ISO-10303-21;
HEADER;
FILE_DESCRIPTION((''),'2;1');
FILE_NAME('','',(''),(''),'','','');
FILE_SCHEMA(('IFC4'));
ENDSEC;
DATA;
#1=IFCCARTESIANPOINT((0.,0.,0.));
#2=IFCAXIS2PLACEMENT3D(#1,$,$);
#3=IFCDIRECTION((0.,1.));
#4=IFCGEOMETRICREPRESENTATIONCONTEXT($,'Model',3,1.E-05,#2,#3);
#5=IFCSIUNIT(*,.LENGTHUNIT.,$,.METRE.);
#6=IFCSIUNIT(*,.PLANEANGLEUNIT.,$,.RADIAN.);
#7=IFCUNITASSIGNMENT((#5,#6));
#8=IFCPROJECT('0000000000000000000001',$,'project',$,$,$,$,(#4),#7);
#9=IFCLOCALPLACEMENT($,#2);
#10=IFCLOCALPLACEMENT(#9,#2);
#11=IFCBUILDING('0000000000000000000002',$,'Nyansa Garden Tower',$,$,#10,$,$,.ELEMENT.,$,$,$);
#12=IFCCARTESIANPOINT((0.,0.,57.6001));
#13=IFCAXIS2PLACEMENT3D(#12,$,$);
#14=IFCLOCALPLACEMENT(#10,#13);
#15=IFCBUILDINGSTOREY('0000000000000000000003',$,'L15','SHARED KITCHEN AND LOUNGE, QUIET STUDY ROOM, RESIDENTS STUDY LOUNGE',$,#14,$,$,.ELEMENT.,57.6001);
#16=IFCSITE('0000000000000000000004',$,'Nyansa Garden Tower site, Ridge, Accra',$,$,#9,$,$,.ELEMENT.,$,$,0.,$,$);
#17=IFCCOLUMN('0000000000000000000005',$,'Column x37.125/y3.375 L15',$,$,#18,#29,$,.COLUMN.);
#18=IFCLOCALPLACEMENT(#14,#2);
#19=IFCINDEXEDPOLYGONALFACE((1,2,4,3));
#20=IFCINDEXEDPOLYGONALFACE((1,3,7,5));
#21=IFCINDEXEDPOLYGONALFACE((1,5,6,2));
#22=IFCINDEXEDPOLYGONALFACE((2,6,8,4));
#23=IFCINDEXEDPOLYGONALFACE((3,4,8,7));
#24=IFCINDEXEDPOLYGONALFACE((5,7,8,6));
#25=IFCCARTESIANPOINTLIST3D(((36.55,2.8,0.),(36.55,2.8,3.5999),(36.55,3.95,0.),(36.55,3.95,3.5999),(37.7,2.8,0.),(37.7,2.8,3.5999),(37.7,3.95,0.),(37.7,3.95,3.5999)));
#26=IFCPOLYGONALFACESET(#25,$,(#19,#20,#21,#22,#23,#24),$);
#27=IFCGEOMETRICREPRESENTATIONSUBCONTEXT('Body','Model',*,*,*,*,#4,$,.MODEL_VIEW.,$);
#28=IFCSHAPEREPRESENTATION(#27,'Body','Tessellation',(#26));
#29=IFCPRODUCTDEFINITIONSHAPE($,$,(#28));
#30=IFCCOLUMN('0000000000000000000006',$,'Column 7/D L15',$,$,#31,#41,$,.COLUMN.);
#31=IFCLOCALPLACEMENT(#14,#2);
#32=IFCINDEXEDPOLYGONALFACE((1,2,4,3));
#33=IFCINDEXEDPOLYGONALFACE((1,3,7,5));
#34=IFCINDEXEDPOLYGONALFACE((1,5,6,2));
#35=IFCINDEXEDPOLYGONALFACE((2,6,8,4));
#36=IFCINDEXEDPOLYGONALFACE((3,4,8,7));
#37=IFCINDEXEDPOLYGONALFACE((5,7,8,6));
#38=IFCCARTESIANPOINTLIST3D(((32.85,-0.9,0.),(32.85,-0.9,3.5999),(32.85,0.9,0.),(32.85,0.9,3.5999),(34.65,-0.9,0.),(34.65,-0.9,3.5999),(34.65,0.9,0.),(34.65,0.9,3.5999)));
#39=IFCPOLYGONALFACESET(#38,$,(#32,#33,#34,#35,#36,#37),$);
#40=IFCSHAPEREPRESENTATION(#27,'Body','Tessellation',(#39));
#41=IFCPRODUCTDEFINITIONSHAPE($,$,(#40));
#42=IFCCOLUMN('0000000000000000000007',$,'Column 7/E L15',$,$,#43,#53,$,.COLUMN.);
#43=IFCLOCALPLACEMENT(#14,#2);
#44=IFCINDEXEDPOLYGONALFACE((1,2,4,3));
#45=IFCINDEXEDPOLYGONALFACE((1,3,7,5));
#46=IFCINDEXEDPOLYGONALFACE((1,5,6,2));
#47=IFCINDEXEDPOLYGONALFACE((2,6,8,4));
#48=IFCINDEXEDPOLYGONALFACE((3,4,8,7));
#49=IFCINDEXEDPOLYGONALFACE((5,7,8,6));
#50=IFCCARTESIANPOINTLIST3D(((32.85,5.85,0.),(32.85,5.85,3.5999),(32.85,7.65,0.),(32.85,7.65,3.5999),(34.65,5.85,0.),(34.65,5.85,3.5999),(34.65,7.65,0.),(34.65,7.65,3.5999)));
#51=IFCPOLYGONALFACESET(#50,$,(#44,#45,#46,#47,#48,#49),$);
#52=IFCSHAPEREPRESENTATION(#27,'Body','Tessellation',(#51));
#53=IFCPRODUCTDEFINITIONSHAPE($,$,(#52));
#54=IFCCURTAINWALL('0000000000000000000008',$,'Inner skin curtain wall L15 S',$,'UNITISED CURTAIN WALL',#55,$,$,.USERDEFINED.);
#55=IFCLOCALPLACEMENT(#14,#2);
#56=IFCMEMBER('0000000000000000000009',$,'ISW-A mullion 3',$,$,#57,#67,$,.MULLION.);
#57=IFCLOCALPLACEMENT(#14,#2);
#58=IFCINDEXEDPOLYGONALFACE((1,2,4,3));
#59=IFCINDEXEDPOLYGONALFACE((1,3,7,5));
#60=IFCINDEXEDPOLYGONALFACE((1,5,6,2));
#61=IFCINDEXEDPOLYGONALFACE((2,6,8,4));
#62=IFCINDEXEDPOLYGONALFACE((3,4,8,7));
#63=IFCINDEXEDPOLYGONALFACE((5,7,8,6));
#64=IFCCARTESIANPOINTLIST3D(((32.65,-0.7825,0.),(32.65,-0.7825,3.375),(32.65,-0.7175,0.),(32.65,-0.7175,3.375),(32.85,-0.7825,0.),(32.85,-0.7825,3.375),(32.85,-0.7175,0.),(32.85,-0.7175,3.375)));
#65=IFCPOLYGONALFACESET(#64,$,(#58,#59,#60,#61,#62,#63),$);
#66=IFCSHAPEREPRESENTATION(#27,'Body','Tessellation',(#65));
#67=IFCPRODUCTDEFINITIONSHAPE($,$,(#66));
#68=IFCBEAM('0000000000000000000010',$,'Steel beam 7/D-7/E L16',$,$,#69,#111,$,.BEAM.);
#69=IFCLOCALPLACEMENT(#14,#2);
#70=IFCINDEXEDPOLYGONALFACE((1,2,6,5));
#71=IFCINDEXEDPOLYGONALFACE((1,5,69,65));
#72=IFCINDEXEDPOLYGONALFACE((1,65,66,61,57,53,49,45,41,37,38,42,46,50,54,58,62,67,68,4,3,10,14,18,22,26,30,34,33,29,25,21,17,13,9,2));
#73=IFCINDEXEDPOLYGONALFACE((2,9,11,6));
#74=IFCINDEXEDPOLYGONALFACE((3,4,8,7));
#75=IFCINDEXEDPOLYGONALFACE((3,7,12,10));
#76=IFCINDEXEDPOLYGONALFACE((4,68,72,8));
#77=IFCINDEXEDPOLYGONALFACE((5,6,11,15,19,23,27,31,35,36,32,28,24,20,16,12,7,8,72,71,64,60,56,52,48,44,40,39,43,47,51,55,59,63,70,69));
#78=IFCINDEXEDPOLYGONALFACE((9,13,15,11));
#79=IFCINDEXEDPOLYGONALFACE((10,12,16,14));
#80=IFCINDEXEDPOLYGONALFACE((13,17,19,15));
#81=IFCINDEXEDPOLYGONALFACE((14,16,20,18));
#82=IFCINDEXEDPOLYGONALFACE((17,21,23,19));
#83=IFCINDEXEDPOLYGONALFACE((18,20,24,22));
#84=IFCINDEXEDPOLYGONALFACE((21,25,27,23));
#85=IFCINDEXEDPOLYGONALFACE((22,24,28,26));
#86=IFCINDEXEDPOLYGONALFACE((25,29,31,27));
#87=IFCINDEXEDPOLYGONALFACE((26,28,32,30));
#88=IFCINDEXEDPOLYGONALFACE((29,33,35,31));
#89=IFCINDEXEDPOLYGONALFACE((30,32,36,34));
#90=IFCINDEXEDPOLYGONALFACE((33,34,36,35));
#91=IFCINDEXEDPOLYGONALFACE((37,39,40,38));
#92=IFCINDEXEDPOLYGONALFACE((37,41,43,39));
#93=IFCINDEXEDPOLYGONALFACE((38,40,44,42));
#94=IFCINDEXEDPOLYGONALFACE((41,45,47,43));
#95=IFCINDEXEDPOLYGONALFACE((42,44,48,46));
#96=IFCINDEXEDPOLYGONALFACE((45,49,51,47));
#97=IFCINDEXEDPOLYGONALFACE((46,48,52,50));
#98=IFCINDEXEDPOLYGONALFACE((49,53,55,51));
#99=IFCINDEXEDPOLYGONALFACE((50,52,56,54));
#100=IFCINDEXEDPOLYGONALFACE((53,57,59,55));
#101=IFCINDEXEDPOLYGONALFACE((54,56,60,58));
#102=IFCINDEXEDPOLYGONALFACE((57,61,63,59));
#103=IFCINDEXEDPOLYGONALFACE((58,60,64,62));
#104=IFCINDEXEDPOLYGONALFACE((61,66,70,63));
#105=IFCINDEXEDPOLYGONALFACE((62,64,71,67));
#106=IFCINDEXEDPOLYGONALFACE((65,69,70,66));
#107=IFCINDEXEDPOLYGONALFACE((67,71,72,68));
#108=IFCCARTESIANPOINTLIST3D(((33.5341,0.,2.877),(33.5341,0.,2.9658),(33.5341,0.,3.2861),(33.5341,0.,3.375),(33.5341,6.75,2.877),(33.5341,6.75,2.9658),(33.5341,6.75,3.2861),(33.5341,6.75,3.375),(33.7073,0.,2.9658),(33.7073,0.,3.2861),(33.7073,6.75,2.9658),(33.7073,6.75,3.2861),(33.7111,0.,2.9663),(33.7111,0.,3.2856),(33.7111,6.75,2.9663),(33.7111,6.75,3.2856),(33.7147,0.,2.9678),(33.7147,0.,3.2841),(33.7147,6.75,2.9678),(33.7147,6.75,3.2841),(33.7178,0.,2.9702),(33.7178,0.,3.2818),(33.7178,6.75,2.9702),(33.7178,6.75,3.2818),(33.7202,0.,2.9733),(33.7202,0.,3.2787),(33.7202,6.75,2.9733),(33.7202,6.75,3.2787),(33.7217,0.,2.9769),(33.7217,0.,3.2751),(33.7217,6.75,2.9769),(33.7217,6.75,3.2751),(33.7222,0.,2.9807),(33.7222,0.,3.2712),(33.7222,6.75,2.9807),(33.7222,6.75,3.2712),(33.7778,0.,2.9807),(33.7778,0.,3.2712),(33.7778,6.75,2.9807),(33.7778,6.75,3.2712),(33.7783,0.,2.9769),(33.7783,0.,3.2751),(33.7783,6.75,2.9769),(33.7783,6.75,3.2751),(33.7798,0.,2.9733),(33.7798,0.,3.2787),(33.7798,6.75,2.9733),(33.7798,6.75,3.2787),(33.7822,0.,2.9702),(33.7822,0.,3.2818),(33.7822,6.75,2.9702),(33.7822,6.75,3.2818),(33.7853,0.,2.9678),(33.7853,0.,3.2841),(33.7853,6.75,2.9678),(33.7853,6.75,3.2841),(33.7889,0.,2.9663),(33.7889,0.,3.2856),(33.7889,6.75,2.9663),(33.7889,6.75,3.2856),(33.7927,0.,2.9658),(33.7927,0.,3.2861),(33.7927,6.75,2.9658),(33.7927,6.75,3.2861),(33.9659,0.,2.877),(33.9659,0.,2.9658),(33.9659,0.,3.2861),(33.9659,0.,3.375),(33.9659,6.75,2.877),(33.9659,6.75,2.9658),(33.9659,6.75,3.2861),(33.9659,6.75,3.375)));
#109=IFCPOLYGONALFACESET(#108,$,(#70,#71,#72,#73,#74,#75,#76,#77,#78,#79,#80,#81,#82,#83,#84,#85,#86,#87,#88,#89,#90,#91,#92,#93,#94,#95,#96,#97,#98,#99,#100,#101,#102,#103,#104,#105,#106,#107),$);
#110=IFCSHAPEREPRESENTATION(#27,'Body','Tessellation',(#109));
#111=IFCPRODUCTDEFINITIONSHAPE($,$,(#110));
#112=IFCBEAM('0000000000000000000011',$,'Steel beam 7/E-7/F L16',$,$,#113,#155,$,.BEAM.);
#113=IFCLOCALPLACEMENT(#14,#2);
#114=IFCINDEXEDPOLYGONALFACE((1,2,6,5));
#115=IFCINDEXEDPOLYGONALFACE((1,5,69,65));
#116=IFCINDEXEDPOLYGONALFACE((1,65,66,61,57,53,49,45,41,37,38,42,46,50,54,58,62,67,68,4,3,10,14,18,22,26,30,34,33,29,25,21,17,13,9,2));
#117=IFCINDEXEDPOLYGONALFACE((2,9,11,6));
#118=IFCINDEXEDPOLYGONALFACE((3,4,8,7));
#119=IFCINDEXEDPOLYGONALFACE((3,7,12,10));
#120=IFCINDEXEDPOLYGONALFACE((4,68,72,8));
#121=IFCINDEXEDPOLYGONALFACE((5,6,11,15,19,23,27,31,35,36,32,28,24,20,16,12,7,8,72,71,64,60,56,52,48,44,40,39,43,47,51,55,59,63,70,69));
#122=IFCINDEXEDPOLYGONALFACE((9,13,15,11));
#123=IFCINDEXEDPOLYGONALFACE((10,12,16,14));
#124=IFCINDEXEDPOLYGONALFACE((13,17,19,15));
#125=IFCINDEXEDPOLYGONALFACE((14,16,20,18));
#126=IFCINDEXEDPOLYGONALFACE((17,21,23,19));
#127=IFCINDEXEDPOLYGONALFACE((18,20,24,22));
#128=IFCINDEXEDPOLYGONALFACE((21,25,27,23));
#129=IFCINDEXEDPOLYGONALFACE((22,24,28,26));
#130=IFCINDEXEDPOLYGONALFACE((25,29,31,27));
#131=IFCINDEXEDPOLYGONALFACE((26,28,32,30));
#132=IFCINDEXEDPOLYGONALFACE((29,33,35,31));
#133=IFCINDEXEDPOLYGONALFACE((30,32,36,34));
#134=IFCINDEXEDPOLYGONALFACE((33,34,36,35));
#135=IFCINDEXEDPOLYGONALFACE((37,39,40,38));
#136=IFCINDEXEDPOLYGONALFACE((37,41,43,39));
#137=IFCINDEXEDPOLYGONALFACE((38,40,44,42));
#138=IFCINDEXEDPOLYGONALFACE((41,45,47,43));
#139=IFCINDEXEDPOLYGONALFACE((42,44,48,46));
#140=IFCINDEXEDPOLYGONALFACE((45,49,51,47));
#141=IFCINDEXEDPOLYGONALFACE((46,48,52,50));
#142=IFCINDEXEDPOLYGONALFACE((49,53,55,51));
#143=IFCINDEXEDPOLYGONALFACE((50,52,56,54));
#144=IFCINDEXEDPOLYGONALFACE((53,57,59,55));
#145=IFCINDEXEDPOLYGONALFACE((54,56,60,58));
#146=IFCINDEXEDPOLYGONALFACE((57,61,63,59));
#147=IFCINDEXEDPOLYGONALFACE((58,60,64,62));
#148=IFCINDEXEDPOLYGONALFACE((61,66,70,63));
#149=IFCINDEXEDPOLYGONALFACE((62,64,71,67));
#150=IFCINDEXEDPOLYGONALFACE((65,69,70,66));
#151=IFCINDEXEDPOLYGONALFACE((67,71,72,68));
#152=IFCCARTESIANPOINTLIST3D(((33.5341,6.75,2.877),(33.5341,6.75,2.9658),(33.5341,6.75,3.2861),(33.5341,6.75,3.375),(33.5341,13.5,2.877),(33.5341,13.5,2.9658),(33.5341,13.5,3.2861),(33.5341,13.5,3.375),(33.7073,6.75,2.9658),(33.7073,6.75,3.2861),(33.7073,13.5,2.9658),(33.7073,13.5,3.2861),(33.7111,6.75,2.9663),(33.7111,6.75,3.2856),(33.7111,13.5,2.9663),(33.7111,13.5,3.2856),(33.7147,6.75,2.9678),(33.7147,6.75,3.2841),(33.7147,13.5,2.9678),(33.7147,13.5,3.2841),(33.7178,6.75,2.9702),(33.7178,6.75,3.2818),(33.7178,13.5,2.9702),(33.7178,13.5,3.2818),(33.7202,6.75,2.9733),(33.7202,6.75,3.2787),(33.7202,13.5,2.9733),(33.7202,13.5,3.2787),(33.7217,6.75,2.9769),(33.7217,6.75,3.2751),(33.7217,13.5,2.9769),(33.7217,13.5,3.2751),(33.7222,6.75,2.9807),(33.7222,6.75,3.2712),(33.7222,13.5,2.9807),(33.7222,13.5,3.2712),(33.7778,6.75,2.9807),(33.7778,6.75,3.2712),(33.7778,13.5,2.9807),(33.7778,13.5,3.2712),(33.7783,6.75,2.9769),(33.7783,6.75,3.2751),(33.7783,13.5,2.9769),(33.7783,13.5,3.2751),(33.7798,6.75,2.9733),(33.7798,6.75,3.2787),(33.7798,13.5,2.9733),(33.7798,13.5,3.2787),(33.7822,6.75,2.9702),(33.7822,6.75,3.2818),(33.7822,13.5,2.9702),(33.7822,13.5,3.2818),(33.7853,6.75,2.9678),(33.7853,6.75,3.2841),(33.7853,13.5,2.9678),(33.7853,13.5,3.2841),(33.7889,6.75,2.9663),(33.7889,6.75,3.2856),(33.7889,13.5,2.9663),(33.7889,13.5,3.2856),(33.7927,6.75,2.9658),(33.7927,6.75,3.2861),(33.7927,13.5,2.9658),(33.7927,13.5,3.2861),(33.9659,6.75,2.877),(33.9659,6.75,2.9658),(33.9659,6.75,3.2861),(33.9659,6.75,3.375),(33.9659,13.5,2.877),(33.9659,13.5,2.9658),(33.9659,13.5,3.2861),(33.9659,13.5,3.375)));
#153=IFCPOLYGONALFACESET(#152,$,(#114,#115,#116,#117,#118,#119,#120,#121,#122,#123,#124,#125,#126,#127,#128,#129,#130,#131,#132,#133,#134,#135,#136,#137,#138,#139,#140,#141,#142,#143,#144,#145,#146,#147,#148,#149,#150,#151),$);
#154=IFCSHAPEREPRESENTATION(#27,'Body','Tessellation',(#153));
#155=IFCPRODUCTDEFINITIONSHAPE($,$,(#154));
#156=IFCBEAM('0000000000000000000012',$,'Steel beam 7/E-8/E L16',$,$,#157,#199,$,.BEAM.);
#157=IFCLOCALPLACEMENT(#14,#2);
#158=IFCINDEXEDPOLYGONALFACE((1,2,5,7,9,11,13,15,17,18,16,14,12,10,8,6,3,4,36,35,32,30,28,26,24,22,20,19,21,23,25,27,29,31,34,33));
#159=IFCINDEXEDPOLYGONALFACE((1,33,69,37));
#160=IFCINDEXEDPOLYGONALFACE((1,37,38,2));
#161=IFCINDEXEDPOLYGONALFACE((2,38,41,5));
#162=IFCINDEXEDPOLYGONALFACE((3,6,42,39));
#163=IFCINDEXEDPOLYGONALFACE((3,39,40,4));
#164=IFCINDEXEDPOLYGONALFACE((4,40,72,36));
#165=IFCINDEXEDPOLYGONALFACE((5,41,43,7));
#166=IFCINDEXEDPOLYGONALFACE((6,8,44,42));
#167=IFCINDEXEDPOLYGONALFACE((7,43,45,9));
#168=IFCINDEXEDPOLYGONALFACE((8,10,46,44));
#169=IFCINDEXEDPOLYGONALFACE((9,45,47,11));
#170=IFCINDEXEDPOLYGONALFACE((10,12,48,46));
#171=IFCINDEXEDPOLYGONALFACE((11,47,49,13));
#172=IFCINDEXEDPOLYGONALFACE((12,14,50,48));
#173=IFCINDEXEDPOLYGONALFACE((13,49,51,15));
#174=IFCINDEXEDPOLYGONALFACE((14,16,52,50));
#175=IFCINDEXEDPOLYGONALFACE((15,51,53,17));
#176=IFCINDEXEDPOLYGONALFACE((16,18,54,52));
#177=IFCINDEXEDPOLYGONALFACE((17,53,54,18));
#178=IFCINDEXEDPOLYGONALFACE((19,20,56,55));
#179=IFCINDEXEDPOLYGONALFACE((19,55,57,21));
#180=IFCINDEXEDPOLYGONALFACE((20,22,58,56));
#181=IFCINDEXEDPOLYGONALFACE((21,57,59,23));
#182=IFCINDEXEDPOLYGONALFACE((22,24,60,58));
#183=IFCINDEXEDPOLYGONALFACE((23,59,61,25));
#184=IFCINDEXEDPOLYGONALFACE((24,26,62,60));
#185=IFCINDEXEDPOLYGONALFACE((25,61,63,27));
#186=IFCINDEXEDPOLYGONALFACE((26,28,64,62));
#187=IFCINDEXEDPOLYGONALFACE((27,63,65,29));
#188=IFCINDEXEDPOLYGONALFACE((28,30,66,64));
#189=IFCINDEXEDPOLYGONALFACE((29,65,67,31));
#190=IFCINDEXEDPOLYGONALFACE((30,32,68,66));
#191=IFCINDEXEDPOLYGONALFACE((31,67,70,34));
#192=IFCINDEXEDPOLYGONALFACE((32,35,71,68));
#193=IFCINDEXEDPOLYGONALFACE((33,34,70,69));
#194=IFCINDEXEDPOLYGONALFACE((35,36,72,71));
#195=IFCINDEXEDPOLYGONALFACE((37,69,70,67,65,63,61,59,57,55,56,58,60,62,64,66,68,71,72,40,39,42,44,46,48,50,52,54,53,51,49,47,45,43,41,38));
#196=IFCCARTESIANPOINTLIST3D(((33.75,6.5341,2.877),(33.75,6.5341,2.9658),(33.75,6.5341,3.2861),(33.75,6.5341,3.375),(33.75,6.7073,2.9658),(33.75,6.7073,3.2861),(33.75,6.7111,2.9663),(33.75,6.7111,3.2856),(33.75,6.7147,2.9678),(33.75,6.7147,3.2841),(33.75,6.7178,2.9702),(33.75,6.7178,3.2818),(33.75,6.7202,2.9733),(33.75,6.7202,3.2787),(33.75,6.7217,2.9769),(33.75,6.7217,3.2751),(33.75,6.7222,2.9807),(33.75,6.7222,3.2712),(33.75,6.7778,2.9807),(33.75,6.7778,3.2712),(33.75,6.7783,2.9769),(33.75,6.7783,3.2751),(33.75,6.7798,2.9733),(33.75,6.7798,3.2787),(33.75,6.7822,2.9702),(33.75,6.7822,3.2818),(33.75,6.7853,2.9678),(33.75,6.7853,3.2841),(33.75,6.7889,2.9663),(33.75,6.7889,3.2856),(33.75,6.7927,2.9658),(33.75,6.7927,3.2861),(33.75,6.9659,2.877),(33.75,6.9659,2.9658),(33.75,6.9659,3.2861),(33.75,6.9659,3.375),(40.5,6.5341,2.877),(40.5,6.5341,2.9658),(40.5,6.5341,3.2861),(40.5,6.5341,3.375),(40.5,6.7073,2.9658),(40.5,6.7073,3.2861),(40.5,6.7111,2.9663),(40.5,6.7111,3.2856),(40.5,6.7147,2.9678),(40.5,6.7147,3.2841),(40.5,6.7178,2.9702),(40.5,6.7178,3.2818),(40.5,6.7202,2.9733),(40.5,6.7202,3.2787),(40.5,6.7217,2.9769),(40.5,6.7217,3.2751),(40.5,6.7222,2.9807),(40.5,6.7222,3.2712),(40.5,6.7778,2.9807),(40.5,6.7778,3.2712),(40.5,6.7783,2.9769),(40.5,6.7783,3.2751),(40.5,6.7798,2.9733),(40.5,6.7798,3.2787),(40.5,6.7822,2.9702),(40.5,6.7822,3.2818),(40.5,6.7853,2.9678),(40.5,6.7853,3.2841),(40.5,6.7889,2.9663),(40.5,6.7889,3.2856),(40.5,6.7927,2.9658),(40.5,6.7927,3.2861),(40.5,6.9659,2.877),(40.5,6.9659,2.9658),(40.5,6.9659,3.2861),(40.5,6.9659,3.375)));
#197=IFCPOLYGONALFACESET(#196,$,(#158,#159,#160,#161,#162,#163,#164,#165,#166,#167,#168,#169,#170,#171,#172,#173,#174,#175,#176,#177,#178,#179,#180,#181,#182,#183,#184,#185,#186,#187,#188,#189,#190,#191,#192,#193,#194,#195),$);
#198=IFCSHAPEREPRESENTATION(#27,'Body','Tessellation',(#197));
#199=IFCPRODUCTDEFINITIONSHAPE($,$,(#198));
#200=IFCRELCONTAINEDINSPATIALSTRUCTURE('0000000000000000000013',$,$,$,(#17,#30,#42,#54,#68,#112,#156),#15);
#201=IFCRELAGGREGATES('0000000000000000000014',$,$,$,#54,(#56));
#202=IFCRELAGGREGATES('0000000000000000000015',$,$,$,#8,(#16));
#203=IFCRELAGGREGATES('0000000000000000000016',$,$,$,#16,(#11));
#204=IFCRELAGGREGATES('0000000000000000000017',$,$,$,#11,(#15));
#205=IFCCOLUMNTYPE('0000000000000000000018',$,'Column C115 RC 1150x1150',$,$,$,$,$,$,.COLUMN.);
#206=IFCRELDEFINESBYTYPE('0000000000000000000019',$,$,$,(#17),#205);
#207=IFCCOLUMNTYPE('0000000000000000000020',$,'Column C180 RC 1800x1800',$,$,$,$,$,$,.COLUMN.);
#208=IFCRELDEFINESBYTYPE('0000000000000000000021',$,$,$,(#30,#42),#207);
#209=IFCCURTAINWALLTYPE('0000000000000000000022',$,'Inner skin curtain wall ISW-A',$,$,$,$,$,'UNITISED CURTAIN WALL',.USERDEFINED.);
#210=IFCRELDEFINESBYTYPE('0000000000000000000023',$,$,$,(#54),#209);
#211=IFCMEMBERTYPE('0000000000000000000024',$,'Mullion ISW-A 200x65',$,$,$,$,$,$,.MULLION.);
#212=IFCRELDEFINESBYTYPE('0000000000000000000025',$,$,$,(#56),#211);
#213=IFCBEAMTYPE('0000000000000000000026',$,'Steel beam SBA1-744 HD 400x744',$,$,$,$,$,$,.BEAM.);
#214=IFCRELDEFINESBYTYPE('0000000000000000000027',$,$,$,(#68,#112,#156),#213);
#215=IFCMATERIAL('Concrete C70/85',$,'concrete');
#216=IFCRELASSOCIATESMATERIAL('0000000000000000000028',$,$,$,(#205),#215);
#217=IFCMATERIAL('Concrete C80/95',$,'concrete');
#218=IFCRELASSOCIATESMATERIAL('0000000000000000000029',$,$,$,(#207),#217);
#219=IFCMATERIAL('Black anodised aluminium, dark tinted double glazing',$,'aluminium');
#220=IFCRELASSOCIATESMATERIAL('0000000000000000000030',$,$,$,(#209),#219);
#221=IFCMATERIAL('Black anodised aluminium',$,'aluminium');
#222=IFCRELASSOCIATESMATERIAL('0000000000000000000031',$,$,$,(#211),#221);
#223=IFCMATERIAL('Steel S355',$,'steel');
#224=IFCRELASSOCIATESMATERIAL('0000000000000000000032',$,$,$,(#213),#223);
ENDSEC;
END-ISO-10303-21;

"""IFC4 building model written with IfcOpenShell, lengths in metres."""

from ifc_helpers import new_model, si_unit, direction, frame, origin, origin_2d, place, context, subcontext, project, spatial, rectangle, i_section, extrude, material, material_profile, profile_set, type_object, element, aggregate, save


model = new_model("IFC4")

# Units and contexts
model_context = context("Model", 3, precision=1e-05, world=origin(), true_north=direction((0.0, 1.0)))
body_context = subcontext(model_context, "Body", "Model", "MODEL_VIEW")
ifc_project = project(units=[si_unit("LENGTHUNIT", "METRE"), si_unit("PLANEANGLEUNIT", "RADIAN")], contexts=[model_context])

# Site, building, storey
site_placement = place(None, origin())
site = spatial("IfcSite", under=ifc_project, at=site_placement, Name="Nyansa Garden Tower site, Ridge, Accra", CompositionType="ELEMENT", RefElevation=0.0)
building_placement = place(site_placement, origin())
building = spatial("IfcBuilding", under=site, at=building_placement, Name="Nyansa Garden Tower", CompositionType="ELEMENT")
storey_placement = place(building_placement, frame((0.0, 0.0, 57.6001)))
storey = spatial("IfcBuildingStorey", under=building, at=storey_placement, Name="L15", Description="SHARED KITCHEN AND LOUNGE, QUIET STUDY ROOM, RESIDENTS STUDY LOUNGE", CompositionType="ELEMENT", Elevation=57.6001)

# Columns
ifc_material_1 = material(Name="Concrete C70/85", Category="concrete")
ifc_material_profile_1 = material_profile(ifc_material_1, rectangle(XDim=1.1499, YDim=1.1499, at=origin_2d()), Name="RC 1150x1150")
ifc_profile_set_1 = profile_set([ifc_material_profile_1], Name="Concrete C70/85")
column_type_1 = type_object("IfcColumnType", Name="Column C115 RC 1150x1150", PredefinedType="COLUMN", material=ifc_profile_set_1)
column_placement = place(storey_placement, frame((37.125, 3.375, 0.0), z_axis=(0.0, 0.0, 1.0), x_axis=(1.0, 0.0, 0.0)))
element("IfcColumn", 1, at=column_placement, inside=storey, type_object=column_type_1, Name="Column x37.125/y3.375 L15", PredefinedType="COLUMN", context=body_context, shape_type="SweptSolid", body=[
    extrude(rectangle(XDim=1.1499, YDim=1.1499, at=origin_2d()), origin(), (0.0, 0.0, 1.0), 3.5999),
])
ifc_material_2 = material(Name="Concrete C80/95", Category="concrete")
ifc_material_profile_2 = material_profile(ifc_material_2, rectangle(XDim=1.8, YDim=1.8, at=origin_2d()), Name="RC 1800x1800")
ifc_profile_set_2 = profile_set([ifc_material_profile_2], Name="Concrete C80/95")
column_type_2 = type_object("IfcColumnType", Name="Column C180 RC 1800x1800", PredefinedType="COLUMN", material=ifc_profile_set_2)
for number, where, z_axis, x_axis, name in (
    (2, (33.75, 0.0, 0.0), (0.0, 0.0, 1.0), (1.0, 0.0, 0.0), "Column 7/D L15"),
    (3, (33.75, 6.75, 0.0), (0.0, 0.0, 1.0), (1.0, 0.0, 0.0), "Column 7/E L15"),
):
    element("IfcColumn", number, at=place(storey_placement, frame(where, z_axis=z_axis, x_axis=x_axis)), inside=storey, type_object=column_type_2, Name=name, PredefinedType="COLUMN", context=body_context, shape_type="SweptSolid", body=[
        extrude(rectangle(XDim=1.8, YDim=1.8, at=origin_2d()), origin(), (0.0, 0.0, 1.0), 3.5999),
    ])

# Curtain wall, member
ifc_material_3 = material(Name="Black anodised aluminium, dark tinted double glazing", Category="aluminium")
curtain_wall_type = type_object("IfcCurtainWallType", Name="Inner skin curtain wall ISW-A", ElementType="UNITISED CURTAIN WALL", PredefinedType="USERDEFINED", material=ifc_material_3)
curtain_wall_placement = place(storey_placement, origin())
curtain_wall = element("IfcCurtainWall", 4, at=curtain_wall_placement, inside=storey, type_object=curtain_wall_type, Name="Inner skin curtain wall L15 S", ObjectType="UNITISED CURTAIN WALL", PredefinedType="USERDEFINED")
ifc_material_4 = material(Name="Black anodised aluminium", Category="aluminium")
ifc_material_profile_3 = material_profile(ifc_material_4, rectangle(XDim=0.0649, YDim=0.2, at=origin_2d()), Name="Mullion 200x65")
ifc_profile_set_3 = profile_set([ifc_material_profile_3], Name="Black anodised aluminium")
member_type = type_object("IfcMemberType", Name="Mullion ISW-A 200x65", PredefinedType="MULLION", material=ifc_profile_set_3)
member_placement = place(storey_placement, frame((32.75, -0.75, 0.0), z_axis=(0.0, 0.0, 1.0), x_axis=(0.0, 1.0, 0.0)))
member = element("IfcMember", 5, at=member_placement, type_object=member_type, Name="ISW-A mullion 3", PredefinedType="MULLION", context=body_context, shape_type="SweptSolid", body=[
    extrude(rectangle(XDim=0.0649, YDim=0.2, at=origin_2d()), origin(), (0.0, 0.0, 1.0), 3.375),
])
aggregate(curtain_wall, [member])

# Beams
ifc_material_5 = material(Name="Steel S355", Category="steel")
ifc_material_profile_4 = material_profile(ifc_material_5, i_section(OverallWidth=0.4319, OverallDepth=0.498, WebThickness=0.0557, FlangeThickness=0.0889, FilletRadius=0.0149, at=origin_2d()), Name="HD 400x744")
ifc_profile_set_4 = profile_set([ifc_material_profile_4], Name="Steel S355")
beam_type_1 = type_object("IfcBeamType", Name="Steel beam SBA1-744 HD 400x744", PredefinedType="BEAM", material=ifc_profile_set_4)
for number, where, z_axis, x_axis, name in (
    (6, (33.75, 0.0, 3.126), (0.0, 1.0, 0.0), (-1.0, 0.0, 0.0), "Steel beam 7/D-7/E L16"),
    (7, (33.75, 6.75, 3.126), (0.0, 1.0, 0.0), (-1.0, 0.0, 0.0), "Steel beam 7/E-7/F L16"),
    (8, (33.75, 6.75, 3.126), (1.0, 0.0, 0.0), (0.0, 1.0, 0.0), "Steel beam 7/E-8/E L16"),
):
    element("IfcBeam", number, at=place(storey_placement, frame(where, z_axis=z_axis, x_axis=x_axis)), inside=storey, type_object=beam_type_1, Name=name, PredefinedType="BEAM", context=body_context, shape_type="SweptSolid", body=[
        extrude(i_section(OverallWidth=0.4319, OverallDepth=0.498, WebThickness=0.0557, FlangeThickness=0.0889, FilletRadius=0.0149, at=origin_2d()), origin(), (0.0, 0.0, 1.0), 6.75),
    ])

save(model, "model.ifc")
